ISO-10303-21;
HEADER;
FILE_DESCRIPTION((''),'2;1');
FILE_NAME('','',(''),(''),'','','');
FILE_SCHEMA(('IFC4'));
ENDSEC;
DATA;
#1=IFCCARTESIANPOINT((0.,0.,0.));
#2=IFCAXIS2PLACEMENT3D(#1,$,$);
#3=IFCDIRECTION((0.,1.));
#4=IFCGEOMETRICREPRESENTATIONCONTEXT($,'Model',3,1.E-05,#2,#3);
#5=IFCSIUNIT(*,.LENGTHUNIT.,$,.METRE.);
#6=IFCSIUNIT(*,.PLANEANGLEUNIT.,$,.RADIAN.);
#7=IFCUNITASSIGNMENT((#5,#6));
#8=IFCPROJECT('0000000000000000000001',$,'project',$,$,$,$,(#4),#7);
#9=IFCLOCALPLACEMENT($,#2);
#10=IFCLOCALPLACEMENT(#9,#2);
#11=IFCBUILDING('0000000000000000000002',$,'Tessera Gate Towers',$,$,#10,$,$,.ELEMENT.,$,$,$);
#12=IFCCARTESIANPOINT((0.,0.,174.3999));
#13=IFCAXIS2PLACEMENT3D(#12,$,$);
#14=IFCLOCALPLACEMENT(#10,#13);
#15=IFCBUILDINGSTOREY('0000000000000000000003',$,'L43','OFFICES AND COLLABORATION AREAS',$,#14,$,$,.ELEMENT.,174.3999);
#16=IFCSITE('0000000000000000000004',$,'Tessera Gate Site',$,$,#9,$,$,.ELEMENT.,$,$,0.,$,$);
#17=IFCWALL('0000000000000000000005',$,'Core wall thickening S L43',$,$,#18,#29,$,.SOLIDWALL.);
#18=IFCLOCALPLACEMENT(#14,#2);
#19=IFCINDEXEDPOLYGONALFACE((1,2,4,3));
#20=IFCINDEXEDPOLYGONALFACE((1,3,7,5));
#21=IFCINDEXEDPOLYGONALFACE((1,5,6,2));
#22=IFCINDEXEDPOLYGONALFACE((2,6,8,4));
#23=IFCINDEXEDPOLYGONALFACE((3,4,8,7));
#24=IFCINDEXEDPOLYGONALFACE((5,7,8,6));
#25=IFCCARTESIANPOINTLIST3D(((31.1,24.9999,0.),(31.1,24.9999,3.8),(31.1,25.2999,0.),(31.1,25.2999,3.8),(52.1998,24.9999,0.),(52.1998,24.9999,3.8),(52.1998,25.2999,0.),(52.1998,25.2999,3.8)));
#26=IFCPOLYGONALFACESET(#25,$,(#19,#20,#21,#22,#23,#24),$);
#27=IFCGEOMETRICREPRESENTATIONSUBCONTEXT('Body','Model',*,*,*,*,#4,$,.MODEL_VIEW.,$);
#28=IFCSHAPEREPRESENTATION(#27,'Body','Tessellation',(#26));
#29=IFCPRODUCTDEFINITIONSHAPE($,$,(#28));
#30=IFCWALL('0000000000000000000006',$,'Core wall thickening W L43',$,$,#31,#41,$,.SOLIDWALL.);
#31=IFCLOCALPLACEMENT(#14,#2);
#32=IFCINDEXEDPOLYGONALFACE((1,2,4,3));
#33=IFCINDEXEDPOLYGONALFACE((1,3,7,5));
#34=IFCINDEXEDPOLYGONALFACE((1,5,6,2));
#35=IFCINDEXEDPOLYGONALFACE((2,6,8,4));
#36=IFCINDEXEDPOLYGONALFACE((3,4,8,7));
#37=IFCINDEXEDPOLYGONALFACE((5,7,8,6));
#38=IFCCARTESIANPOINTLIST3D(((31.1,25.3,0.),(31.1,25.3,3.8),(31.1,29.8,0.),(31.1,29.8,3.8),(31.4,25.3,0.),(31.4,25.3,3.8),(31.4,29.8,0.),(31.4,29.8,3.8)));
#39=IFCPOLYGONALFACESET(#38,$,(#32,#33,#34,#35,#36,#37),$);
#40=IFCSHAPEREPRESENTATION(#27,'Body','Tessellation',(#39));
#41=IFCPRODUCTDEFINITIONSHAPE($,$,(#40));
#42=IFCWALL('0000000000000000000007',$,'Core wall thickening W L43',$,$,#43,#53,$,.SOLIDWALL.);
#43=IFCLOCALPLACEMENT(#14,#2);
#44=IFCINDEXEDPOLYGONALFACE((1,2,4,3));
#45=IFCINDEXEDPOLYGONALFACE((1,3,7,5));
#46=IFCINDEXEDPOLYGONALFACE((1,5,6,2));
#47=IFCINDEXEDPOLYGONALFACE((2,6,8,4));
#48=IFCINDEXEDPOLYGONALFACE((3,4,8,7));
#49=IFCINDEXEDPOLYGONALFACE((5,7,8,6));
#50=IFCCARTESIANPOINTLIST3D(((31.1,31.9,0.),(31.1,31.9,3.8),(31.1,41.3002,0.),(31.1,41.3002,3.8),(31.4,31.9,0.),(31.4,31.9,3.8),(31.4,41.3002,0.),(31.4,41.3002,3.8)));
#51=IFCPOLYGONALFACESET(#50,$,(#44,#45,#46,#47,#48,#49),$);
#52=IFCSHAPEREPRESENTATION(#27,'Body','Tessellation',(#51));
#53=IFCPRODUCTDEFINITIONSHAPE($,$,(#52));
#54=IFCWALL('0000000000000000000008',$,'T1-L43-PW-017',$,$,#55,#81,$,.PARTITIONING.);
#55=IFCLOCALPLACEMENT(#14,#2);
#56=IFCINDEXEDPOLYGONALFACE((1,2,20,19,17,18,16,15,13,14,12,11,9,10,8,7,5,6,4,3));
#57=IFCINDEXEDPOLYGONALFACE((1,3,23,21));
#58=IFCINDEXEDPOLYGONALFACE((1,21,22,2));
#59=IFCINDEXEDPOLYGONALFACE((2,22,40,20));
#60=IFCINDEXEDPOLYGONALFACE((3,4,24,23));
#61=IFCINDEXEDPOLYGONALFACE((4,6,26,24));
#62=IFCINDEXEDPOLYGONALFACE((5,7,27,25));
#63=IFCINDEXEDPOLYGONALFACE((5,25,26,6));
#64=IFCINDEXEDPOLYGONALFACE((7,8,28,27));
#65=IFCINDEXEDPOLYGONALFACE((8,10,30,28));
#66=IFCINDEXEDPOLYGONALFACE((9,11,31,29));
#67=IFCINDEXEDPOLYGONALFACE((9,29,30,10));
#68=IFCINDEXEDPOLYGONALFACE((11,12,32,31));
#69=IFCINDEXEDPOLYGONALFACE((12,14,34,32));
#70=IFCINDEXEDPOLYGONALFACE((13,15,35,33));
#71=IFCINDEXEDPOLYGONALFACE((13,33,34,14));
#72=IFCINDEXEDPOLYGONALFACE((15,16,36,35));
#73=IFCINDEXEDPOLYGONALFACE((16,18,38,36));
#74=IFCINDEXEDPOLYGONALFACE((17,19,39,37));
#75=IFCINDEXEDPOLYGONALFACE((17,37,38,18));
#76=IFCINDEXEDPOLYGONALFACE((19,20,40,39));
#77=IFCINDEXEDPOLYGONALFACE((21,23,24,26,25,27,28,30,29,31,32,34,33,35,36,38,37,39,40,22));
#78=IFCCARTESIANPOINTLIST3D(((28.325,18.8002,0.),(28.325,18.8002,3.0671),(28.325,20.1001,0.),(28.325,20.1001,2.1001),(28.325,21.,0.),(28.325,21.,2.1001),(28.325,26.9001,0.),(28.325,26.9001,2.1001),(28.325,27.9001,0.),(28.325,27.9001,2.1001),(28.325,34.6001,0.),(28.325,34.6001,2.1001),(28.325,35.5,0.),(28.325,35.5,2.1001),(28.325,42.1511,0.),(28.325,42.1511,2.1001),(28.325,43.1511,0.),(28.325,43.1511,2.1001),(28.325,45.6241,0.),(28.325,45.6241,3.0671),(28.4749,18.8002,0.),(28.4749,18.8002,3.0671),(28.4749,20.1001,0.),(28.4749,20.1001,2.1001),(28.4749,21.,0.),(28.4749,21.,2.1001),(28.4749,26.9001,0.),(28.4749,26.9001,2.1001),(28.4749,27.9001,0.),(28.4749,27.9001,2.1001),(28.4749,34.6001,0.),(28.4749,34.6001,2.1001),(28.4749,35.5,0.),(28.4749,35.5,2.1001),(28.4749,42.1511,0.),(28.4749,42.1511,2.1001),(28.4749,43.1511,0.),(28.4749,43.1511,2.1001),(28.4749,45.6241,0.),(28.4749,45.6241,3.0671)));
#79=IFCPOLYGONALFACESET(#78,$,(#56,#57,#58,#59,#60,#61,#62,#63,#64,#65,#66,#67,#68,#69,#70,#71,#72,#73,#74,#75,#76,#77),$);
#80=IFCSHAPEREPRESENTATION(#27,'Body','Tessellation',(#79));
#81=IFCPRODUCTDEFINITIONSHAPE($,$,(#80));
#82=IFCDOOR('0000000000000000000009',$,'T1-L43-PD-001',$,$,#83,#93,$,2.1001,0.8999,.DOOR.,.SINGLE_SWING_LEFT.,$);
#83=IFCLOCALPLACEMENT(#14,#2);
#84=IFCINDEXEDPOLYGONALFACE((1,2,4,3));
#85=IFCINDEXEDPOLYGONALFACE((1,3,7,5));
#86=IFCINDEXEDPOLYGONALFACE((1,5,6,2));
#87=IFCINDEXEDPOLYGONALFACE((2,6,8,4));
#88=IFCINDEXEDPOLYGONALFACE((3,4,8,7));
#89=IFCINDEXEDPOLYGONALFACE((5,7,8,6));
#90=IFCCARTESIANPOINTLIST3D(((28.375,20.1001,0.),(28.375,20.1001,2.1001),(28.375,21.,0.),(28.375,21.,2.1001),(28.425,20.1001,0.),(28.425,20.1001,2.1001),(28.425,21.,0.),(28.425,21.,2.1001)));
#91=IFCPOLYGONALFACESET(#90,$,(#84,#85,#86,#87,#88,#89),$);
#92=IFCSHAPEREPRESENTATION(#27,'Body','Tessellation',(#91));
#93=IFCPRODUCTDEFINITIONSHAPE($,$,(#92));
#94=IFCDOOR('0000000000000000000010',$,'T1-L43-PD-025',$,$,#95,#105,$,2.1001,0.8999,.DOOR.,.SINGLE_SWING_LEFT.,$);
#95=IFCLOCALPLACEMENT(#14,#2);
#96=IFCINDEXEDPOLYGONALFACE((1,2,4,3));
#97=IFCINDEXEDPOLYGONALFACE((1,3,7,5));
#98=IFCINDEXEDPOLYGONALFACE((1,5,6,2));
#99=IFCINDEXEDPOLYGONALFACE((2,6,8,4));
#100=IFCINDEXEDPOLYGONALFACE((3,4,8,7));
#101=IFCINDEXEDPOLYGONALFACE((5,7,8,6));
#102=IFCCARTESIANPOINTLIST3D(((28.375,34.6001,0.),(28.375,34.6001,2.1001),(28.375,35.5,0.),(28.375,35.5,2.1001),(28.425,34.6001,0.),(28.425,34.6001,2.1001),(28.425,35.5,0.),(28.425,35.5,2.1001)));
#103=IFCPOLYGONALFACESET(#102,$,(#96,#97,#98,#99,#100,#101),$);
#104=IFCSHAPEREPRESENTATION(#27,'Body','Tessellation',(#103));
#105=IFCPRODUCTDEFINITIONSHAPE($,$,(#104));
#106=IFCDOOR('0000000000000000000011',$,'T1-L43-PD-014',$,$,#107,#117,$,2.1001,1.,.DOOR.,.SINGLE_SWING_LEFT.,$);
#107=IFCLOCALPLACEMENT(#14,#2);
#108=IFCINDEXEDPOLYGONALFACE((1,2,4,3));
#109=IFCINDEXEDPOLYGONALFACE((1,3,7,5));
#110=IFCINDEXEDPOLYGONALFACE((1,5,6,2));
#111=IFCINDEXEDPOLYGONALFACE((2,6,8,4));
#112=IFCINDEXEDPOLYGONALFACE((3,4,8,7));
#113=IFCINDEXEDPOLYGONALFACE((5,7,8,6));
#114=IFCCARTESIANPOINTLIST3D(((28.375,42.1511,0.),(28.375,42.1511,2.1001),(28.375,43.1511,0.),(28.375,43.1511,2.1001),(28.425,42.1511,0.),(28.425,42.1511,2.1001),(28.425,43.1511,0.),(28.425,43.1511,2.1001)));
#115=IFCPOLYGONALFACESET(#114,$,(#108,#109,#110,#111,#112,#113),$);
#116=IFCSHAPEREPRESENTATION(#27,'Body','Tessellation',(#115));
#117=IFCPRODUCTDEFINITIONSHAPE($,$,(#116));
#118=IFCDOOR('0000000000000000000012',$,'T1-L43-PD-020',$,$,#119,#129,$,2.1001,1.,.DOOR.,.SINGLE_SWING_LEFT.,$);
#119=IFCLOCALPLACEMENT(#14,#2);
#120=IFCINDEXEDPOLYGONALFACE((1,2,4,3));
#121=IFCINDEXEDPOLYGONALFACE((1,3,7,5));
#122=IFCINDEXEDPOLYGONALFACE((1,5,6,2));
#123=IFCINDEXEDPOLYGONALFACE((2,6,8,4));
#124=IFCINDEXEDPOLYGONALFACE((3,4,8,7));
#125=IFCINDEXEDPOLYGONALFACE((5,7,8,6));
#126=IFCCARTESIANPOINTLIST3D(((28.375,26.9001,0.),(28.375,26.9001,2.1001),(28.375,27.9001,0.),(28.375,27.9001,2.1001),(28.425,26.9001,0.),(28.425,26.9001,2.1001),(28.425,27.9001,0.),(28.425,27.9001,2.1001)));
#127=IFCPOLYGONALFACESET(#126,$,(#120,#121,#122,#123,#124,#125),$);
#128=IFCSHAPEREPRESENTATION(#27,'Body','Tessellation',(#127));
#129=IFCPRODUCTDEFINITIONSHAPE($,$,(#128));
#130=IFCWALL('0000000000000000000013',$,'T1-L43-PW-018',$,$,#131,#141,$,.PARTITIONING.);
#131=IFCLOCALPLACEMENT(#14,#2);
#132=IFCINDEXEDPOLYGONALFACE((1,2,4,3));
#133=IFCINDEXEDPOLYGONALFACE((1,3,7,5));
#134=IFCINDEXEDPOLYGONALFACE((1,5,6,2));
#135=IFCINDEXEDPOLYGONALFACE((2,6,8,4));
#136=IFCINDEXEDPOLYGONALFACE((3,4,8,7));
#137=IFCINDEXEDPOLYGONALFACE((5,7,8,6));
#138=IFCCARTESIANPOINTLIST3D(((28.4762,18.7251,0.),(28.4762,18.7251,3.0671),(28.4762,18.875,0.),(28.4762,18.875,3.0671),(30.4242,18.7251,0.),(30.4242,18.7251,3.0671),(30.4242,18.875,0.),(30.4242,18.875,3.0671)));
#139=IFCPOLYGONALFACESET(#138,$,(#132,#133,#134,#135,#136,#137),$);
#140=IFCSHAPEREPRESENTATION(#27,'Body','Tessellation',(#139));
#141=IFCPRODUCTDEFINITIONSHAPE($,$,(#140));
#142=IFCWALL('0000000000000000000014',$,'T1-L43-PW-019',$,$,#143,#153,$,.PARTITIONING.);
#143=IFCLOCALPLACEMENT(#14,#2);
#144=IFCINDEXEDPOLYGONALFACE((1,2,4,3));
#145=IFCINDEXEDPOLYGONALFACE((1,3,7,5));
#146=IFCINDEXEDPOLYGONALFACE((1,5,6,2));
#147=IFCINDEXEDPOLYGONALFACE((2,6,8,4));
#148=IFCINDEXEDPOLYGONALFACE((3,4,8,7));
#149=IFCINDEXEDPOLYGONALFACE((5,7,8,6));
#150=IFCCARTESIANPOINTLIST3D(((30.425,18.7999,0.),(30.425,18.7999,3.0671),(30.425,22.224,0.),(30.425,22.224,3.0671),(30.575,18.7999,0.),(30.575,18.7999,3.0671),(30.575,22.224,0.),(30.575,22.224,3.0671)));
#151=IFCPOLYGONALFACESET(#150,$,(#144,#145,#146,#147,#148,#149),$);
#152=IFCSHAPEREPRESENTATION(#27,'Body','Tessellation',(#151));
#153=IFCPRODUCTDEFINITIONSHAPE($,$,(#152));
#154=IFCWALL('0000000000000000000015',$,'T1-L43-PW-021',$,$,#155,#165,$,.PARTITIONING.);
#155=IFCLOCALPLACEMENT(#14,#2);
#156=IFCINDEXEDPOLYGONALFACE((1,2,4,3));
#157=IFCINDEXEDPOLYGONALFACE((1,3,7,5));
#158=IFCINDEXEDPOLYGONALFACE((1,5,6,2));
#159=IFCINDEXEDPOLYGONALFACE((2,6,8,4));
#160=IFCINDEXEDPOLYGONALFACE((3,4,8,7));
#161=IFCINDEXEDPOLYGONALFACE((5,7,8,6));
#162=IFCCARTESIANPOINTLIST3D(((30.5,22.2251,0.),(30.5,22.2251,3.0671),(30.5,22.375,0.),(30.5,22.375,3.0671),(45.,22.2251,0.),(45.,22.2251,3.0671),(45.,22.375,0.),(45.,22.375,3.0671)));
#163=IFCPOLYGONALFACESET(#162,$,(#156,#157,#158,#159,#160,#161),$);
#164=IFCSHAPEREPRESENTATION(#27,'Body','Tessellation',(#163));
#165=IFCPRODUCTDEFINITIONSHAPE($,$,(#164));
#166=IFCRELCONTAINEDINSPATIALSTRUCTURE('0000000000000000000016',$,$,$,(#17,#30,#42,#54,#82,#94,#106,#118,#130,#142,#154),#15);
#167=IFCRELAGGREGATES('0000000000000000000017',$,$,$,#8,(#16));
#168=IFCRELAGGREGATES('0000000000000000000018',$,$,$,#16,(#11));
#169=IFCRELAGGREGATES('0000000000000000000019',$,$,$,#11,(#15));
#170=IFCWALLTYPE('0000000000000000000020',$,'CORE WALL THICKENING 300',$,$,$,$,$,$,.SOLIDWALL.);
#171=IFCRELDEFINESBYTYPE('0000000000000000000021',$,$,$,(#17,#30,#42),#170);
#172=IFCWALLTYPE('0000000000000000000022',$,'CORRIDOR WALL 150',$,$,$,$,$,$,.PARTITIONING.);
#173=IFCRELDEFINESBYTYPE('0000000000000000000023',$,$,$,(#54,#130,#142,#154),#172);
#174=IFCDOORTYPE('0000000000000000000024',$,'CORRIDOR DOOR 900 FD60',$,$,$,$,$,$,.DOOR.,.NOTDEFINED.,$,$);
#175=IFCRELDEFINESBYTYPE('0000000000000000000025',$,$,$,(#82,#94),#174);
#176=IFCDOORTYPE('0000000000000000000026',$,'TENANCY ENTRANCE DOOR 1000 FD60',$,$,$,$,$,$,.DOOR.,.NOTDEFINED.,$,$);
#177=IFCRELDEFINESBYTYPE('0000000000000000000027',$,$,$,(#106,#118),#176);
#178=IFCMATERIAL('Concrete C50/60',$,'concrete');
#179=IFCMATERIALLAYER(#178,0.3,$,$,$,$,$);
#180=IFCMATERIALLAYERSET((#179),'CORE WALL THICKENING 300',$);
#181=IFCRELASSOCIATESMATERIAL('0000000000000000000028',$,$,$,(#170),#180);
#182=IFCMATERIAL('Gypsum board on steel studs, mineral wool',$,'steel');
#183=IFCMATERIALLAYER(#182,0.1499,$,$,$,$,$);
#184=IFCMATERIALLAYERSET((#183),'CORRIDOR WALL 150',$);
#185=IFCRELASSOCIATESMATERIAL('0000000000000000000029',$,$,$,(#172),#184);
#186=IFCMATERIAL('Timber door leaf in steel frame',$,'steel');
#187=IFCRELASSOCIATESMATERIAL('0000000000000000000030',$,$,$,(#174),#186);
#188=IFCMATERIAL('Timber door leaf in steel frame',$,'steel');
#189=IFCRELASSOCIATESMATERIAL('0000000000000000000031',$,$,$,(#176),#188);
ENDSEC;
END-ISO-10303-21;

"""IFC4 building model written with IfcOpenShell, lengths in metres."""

from ifc_helpers import new_model, si_unit, direction, frame, frame_2d, origin, place, context, subcontext, project, spatial, rectangle, extrude, source, transform, mapped, material, layer, layer_set, type_object, element, fill, save


model = new_model("IFC4")

# Units and contexts
model_context = context("Model", 3, precision=1e-05, world=origin(), true_north=direction((0.0, 1.0)))
body_context = subcontext(model_context, "Body", "Model", "MODEL_VIEW")
ifc_project = project(units=[si_unit("LENGTHUNIT", "METRE"), si_unit("PLANEANGLEUNIT", "RADIAN")], contexts=[model_context])

# Site, building, storey
site_placement = place(None, origin())
site = spatial("IfcSite", under=ifc_project, at=site_placement, Name="Tessera Gate Site", CompositionType="ELEMENT", RefElevation=0.0)
building_placement = place(site_placement, origin())
building = spatial("IfcBuilding", under=site, at=building_placement, Name="Tessera Gate Towers", CompositionType="ELEMENT")
storey_placement = place(building_placement, frame((0.0, 0.0, 174.3999)))
storey = spatial("IfcBuildingStorey", under=building, at=storey_placement, Name="L43", Description="OFFICES AND COLLABORATION AREAS", CompositionType="ELEMENT", Elevation=174.3999)

# Shared definitions
shared_shape_1 = source(origin(), body_context, "Body", "SweptSolid", [
    extrude(rectangle(XDim=0.8999, YDim=2.1001, at=frame_2d((0.45, 1.05))), frame((0.0, 0.0249, 0.0), z_axis=(0.0, -1.0, 0.0), x_axis=(1.0, 0.0, 0.0)), (0.0, 0.0, 1.0), 0.05),
])

# Walls
ifc_material_1 = material(Name="Concrete C50/60", Category="concrete")
ifc_layer_1 = layer(ifc_material_1, 0.3)
ifc_layer_set_1 = layer_set([ifc_layer_1], Name="CORE WALL THICKENING 300")
wall_type_1 = type_object("IfcWallType", Name="CORE WALL THICKENING 300", PredefinedType="SOLIDWALL", material=ifc_layer_set_1)
wall_1_placement = place(storey_placement, frame((31.1001, 25.1499, 0.0), z_axis=(0.0, 0.0, 1.0), x_axis=(1.0, 0.0, 0.0)))
element("IfcWall", 1, at=wall_1_placement, inside=storey, type_object=wall_type_1, Name="Core wall thickening S L43", PredefinedType="SOLIDWALL", context=body_context, shape_type="SweptSolid", body=[
    extrude(rectangle(XDim=21.0999, YDim=0.3, at=frame_2d((10.5498, 0.0))), origin(), (0.0, 0.0, 1.0), 3.8),
])
wall_2_placement = place(storey_placement, frame((31.25, 25.3, 0.0), z_axis=(0.0, 0.0, 1.0), x_axis=(0.0, 1.0, 0.0)))
element("IfcWall", 2, at=wall_2_placement, inside=storey, type_object=wall_type_1, Name="Core wall thickening W L43", PredefinedType="SOLIDWALL", context=body_context, shape_type="SweptSolid", body=[
    extrude(rectangle(XDim=4.5, YDim=0.3, at=frame_2d((2.25, 0.0))), origin(), (0.0, 0.0, 1.0), 3.8),
])
wall_3_placement = place(storey_placement, frame((31.25, 31.8999, 0.0), z_axis=(0.0, 0.0, 1.0), x_axis=(0.0, 1.0, 0.0)))
element("IfcWall", 3, at=wall_3_placement, inside=storey, type_object=wall_type_1, Name="Core wall thickening W L43", PredefinedType="SOLIDWALL", context=body_context, shape_type="SweptSolid", body=[
    extrude(rectangle(XDim=9.4001, YDim=0.3, at=frame_2d((4.7002, 0.0))), origin(), (0.0, 0.0, 1.0), 3.8),
])

# Wall, openings, doors
ifc_material_2 = material(Name="Gypsum board on steel studs, mineral wool", Category="steel")
ifc_layer_2 = layer(ifc_material_2, 0.1499)
ifc_layer_set_2 = layer_set([ifc_layer_2], Name="CORRIDOR WALL 150")
wall_type_2 = type_object("IfcWallType", Name="CORRIDOR WALL 150", PredefinedType="PARTITIONING", material=ifc_layer_set_2)
wall_4_placement = place(storey_placement, frame((28.3999, 18.8, 0.0), z_axis=(0.0, 0.0, 1.0), x_axis=(0.0, 1.0, 0.0)))
wall_4 = element("IfcWall", 4, at=wall_4_placement, inside=storey, type_object=wall_type_2, Name="T1-L43-PW-017", PredefinedType="PARTITIONING", context=body_context, shape_type="SweptSolid", body=[
    extrude(rectangle(XDim=26.824, YDim=0.1499, at=frame_2d((13.4121, 0.0))), origin(), (0.0, 0.0, 1.0), 3.0671),
])
shared_shape_2 = source(origin(), body_context, "Body", "SweptSolid", [
    extrude(rectangle(XDim=0.8999, YDim=2.1001, at=frame_2d((0.45, 1.05))), frame((0.0, 0.085, 0.0), z_axis=(0.0, -1.0, 0.0), x_axis=(1.0, 0.0, 0.0)), (0.0, 0.0, 1.0), 0.1699),
])
opening_1_placement = place(wall_4_placement, frame((1.3, 0.0, 0.0)))
opening_1 = element("IfcOpeningElement", 5, at=opening_1_placement, cuts=wall_4, PredefinedType="OPENING", context=body_context, shape_type="MappedRepresentation", body=[
    mapped(shared_shape_2, transform((0.0, 0.0, 0.0), scale=1.0)),
])
shared_shape_3 = source(origin(), body_context, "Body", "SweptSolid", [
    extrude(rectangle(XDim=1.0, YDim=2.1001, at=frame_2d((0.5, 1.05))), frame((0.0, 0.085, 0.0), z_axis=(0.0, -1.0, 0.0), x_axis=(1.0, 0.0, 0.0)), (0.0, 0.0, 1.0), 0.1699),
])
opening_2_placement = place(wall_4_placement, frame((23.3511, 0.0, 0.0)))
opening_2 = element("IfcOpeningElement", 6, at=opening_2_placement, cuts=wall_4, PredefinedType="OPENING", context=body_context, shape_type="MappedRepresentation", body=[
    mapped(shared_shape_3, transform((0.0, 0.0, 0.0), scale=1.0)),
])
opening_3_placement = place(wall_4_placement, frame((8.1001, 0.0, 0.0)))
opening_3 = element("IfcOpeningElement", 7, at=opening_3_placement, cuts=wall_4, PredefinedType="OPENING", context=body_context, shape_type="MappedRepresentation", body=[
    mapped(shared_shape_3, transform((0.0, 0.0, 0.0), scale=1.0)),
])
opening_4_placement = place(wall_4_placement, frame((15.8, 0.0, 0.0)))
opening_4 = element("IfcOpeningElement", 8, at=opening_4_placement, cuts=wall_4, PredefinedType="OPENING", context=body_context, shape_type="MappedRepresentation", body=[
    mapped(shared_shape_2, transform((0.0, 0.0, 0.0), scale=1.0)),
])
ifc_material_3 = material(Name="Timber door leaf in steel frame", Category="steel")
door_type_1 = type_object("IfcDoorType", Name="CORRIDOR DOOR 900 FD60", OperationType="NOTDEFINED", PredefinedType="DOOR", material=ifc_material_3)
door_1_placement = place(opening_1_placement, origin())
door_1 = element("IfcDoor", 9, at=door_1_placement, inside=storey, type_object=door_type_1, Name="T1-L43-PD-001", OperationType="SINGLE_SWING_LEFT", OverallHeight=2.1001, OverallWidth=0.8999, PredefinedType="DOOR", context=body_context, shape_type="MappedRepresentation", body=[
    mapped(shared_shape_1, transform((0.0, 0.0, 0.0), scale=1.0)),
])
fill(opening_1, door_1)
door_2_placement = place(opening_4_placement, origin())
door_2 = element("IfcDoor", 10, at=door_2_placement, inside=storey, type_object=door_type_1, Name="T1-L43-PD-025", OperationType="SINGLE_SWING_LEFT", OverallHeight=2.1001, OverallWidth=0.8999, PredefinedType="DOOR", context=body_context, shape_type="MappedRepresentation", body=[
    mapped(shared_shape_1, transform((0.0, 0.0, 0.0), scale=1.0)),
])
fill(opening_4, door_2)
ifc_material_4 = material(Name="Timber door leaf in steel frame", Category="steel")
door_type_2 = type_object("IfcDoorType", Name="TENANCY ENTRANCE DOOR 1000 FD60", OperationType="NOTDEFINED", PredefinedType="DOOR", material=ifc_material_4)
shared_shape_4 = source(origin(), body_context, "Body", "SweptSolid", [
    extrude(rectangle(XDim=1.0, YDim=2.1001, at=frame_2d((0.5, 1.05))), frame((0.0, 0.0249, 0.0), z_axis=(0.0, -1.0, 0.0), x_axis=(1.0, 0.0, 0.0)), (0.0, 0.0, 1.0), 0.05),
])
door_3_placement = place(opening_2_placement, origin())
door_3 = element("IfcDoor", 11, at=door_3_placement, inside=storey, type_object=door_type_2, Name="T1-L43-PD-014", OperationType="SINGLE_SWING_LEFT", OverallHeight=2.1001, OverallWidth=1.0, PredefinedType="DOOR", context=body_context, shape_type="MappedRepresentation", body=[
    mapped(shared_shape_4, transform((0.0, 0.0, 0.0), scale=1.0)),
])
fill(opening_2, door_3)
door_4_placement = place(opening_3_placement, origin())
door_4 = element("IfcDoor", 12, at=door_4_placement, inside=storey, type_object=door_type_2, Name="T1-L43-PD-020", OperationType="SINGLE_SWING_LEFT", OverallHeight=2.1001, OverallWidth=1.0, PredefinedType="DOOR", context=body_context, shape_type="MappedRepresentation", body=[
    mapped(shared_shape_4, transform((0.0, 0.0, 0.0), scale=1.0)),
])
fill(opening_3, door_4)

# Walls
wall_5_placement = place(storey_placement, frame((28.4761, 18.8, 0.0), z_axis=(0.0, 0.0, 1.0), x_axis=(1.0, 0.0, 0.0)))
element("IfcWall", 13, at=wall_5_placement, inside=storey, type_object=wall_type_2, Name="T1-L43-PW-018", PredefinedType="PARTITIONING", context=body_context, shape_type="SweptSolid", body=[
    extrude(rectangle(XDim=1.948, YDim=0.1499, at=frame_2d((0.9741, 0.0))), origin(), (0.0, 0.0, 1.0), 3.0671),
])
wall_6_placement = place(storey_placement, frame((30.5, 18.8, 0.0), z_axis=(0.0, 0.0, 1.0), x_axis=(0.0, 1.0, 0.0)))
element("IfcWall", 14, at=wall_6_placement, inside=storey, type_object=wall_type_2, Name="T1-L43-PW-019", PredefinedType="PARTITIONING", context=body_context, shape_type="SweptSolid", body=[
    extrude(rectangle(XDim=3.4241, YDim=0.1499, at=frame_2d((1.7119, 0.0))), origin(), (0.0, 0.0, 1.0), 3.0671),
])
wall_7_placement = place(storey_placement, frame((30.5, 22.3, 0.0), z_axis=(0.0, 0.0, 1.0), x_axis=(1.0, 0.0, 0.0)))
element("IfcWall", 15, at=wall_7_placement, inside=storey, type_object=wall_type_2, Name="T1-L43-PW-021", PredefinedType="PARTITIONING", context=body_context, shape_type="SweptSolid", body=[
    extrude(rectangle(XDim=14.5, YDim=0.1499, at=frame_2d((7.25, 0.0))), origin(), (0.0, 0.0, 1.0), 3.0671),
])

save(model, "model.ifc")
